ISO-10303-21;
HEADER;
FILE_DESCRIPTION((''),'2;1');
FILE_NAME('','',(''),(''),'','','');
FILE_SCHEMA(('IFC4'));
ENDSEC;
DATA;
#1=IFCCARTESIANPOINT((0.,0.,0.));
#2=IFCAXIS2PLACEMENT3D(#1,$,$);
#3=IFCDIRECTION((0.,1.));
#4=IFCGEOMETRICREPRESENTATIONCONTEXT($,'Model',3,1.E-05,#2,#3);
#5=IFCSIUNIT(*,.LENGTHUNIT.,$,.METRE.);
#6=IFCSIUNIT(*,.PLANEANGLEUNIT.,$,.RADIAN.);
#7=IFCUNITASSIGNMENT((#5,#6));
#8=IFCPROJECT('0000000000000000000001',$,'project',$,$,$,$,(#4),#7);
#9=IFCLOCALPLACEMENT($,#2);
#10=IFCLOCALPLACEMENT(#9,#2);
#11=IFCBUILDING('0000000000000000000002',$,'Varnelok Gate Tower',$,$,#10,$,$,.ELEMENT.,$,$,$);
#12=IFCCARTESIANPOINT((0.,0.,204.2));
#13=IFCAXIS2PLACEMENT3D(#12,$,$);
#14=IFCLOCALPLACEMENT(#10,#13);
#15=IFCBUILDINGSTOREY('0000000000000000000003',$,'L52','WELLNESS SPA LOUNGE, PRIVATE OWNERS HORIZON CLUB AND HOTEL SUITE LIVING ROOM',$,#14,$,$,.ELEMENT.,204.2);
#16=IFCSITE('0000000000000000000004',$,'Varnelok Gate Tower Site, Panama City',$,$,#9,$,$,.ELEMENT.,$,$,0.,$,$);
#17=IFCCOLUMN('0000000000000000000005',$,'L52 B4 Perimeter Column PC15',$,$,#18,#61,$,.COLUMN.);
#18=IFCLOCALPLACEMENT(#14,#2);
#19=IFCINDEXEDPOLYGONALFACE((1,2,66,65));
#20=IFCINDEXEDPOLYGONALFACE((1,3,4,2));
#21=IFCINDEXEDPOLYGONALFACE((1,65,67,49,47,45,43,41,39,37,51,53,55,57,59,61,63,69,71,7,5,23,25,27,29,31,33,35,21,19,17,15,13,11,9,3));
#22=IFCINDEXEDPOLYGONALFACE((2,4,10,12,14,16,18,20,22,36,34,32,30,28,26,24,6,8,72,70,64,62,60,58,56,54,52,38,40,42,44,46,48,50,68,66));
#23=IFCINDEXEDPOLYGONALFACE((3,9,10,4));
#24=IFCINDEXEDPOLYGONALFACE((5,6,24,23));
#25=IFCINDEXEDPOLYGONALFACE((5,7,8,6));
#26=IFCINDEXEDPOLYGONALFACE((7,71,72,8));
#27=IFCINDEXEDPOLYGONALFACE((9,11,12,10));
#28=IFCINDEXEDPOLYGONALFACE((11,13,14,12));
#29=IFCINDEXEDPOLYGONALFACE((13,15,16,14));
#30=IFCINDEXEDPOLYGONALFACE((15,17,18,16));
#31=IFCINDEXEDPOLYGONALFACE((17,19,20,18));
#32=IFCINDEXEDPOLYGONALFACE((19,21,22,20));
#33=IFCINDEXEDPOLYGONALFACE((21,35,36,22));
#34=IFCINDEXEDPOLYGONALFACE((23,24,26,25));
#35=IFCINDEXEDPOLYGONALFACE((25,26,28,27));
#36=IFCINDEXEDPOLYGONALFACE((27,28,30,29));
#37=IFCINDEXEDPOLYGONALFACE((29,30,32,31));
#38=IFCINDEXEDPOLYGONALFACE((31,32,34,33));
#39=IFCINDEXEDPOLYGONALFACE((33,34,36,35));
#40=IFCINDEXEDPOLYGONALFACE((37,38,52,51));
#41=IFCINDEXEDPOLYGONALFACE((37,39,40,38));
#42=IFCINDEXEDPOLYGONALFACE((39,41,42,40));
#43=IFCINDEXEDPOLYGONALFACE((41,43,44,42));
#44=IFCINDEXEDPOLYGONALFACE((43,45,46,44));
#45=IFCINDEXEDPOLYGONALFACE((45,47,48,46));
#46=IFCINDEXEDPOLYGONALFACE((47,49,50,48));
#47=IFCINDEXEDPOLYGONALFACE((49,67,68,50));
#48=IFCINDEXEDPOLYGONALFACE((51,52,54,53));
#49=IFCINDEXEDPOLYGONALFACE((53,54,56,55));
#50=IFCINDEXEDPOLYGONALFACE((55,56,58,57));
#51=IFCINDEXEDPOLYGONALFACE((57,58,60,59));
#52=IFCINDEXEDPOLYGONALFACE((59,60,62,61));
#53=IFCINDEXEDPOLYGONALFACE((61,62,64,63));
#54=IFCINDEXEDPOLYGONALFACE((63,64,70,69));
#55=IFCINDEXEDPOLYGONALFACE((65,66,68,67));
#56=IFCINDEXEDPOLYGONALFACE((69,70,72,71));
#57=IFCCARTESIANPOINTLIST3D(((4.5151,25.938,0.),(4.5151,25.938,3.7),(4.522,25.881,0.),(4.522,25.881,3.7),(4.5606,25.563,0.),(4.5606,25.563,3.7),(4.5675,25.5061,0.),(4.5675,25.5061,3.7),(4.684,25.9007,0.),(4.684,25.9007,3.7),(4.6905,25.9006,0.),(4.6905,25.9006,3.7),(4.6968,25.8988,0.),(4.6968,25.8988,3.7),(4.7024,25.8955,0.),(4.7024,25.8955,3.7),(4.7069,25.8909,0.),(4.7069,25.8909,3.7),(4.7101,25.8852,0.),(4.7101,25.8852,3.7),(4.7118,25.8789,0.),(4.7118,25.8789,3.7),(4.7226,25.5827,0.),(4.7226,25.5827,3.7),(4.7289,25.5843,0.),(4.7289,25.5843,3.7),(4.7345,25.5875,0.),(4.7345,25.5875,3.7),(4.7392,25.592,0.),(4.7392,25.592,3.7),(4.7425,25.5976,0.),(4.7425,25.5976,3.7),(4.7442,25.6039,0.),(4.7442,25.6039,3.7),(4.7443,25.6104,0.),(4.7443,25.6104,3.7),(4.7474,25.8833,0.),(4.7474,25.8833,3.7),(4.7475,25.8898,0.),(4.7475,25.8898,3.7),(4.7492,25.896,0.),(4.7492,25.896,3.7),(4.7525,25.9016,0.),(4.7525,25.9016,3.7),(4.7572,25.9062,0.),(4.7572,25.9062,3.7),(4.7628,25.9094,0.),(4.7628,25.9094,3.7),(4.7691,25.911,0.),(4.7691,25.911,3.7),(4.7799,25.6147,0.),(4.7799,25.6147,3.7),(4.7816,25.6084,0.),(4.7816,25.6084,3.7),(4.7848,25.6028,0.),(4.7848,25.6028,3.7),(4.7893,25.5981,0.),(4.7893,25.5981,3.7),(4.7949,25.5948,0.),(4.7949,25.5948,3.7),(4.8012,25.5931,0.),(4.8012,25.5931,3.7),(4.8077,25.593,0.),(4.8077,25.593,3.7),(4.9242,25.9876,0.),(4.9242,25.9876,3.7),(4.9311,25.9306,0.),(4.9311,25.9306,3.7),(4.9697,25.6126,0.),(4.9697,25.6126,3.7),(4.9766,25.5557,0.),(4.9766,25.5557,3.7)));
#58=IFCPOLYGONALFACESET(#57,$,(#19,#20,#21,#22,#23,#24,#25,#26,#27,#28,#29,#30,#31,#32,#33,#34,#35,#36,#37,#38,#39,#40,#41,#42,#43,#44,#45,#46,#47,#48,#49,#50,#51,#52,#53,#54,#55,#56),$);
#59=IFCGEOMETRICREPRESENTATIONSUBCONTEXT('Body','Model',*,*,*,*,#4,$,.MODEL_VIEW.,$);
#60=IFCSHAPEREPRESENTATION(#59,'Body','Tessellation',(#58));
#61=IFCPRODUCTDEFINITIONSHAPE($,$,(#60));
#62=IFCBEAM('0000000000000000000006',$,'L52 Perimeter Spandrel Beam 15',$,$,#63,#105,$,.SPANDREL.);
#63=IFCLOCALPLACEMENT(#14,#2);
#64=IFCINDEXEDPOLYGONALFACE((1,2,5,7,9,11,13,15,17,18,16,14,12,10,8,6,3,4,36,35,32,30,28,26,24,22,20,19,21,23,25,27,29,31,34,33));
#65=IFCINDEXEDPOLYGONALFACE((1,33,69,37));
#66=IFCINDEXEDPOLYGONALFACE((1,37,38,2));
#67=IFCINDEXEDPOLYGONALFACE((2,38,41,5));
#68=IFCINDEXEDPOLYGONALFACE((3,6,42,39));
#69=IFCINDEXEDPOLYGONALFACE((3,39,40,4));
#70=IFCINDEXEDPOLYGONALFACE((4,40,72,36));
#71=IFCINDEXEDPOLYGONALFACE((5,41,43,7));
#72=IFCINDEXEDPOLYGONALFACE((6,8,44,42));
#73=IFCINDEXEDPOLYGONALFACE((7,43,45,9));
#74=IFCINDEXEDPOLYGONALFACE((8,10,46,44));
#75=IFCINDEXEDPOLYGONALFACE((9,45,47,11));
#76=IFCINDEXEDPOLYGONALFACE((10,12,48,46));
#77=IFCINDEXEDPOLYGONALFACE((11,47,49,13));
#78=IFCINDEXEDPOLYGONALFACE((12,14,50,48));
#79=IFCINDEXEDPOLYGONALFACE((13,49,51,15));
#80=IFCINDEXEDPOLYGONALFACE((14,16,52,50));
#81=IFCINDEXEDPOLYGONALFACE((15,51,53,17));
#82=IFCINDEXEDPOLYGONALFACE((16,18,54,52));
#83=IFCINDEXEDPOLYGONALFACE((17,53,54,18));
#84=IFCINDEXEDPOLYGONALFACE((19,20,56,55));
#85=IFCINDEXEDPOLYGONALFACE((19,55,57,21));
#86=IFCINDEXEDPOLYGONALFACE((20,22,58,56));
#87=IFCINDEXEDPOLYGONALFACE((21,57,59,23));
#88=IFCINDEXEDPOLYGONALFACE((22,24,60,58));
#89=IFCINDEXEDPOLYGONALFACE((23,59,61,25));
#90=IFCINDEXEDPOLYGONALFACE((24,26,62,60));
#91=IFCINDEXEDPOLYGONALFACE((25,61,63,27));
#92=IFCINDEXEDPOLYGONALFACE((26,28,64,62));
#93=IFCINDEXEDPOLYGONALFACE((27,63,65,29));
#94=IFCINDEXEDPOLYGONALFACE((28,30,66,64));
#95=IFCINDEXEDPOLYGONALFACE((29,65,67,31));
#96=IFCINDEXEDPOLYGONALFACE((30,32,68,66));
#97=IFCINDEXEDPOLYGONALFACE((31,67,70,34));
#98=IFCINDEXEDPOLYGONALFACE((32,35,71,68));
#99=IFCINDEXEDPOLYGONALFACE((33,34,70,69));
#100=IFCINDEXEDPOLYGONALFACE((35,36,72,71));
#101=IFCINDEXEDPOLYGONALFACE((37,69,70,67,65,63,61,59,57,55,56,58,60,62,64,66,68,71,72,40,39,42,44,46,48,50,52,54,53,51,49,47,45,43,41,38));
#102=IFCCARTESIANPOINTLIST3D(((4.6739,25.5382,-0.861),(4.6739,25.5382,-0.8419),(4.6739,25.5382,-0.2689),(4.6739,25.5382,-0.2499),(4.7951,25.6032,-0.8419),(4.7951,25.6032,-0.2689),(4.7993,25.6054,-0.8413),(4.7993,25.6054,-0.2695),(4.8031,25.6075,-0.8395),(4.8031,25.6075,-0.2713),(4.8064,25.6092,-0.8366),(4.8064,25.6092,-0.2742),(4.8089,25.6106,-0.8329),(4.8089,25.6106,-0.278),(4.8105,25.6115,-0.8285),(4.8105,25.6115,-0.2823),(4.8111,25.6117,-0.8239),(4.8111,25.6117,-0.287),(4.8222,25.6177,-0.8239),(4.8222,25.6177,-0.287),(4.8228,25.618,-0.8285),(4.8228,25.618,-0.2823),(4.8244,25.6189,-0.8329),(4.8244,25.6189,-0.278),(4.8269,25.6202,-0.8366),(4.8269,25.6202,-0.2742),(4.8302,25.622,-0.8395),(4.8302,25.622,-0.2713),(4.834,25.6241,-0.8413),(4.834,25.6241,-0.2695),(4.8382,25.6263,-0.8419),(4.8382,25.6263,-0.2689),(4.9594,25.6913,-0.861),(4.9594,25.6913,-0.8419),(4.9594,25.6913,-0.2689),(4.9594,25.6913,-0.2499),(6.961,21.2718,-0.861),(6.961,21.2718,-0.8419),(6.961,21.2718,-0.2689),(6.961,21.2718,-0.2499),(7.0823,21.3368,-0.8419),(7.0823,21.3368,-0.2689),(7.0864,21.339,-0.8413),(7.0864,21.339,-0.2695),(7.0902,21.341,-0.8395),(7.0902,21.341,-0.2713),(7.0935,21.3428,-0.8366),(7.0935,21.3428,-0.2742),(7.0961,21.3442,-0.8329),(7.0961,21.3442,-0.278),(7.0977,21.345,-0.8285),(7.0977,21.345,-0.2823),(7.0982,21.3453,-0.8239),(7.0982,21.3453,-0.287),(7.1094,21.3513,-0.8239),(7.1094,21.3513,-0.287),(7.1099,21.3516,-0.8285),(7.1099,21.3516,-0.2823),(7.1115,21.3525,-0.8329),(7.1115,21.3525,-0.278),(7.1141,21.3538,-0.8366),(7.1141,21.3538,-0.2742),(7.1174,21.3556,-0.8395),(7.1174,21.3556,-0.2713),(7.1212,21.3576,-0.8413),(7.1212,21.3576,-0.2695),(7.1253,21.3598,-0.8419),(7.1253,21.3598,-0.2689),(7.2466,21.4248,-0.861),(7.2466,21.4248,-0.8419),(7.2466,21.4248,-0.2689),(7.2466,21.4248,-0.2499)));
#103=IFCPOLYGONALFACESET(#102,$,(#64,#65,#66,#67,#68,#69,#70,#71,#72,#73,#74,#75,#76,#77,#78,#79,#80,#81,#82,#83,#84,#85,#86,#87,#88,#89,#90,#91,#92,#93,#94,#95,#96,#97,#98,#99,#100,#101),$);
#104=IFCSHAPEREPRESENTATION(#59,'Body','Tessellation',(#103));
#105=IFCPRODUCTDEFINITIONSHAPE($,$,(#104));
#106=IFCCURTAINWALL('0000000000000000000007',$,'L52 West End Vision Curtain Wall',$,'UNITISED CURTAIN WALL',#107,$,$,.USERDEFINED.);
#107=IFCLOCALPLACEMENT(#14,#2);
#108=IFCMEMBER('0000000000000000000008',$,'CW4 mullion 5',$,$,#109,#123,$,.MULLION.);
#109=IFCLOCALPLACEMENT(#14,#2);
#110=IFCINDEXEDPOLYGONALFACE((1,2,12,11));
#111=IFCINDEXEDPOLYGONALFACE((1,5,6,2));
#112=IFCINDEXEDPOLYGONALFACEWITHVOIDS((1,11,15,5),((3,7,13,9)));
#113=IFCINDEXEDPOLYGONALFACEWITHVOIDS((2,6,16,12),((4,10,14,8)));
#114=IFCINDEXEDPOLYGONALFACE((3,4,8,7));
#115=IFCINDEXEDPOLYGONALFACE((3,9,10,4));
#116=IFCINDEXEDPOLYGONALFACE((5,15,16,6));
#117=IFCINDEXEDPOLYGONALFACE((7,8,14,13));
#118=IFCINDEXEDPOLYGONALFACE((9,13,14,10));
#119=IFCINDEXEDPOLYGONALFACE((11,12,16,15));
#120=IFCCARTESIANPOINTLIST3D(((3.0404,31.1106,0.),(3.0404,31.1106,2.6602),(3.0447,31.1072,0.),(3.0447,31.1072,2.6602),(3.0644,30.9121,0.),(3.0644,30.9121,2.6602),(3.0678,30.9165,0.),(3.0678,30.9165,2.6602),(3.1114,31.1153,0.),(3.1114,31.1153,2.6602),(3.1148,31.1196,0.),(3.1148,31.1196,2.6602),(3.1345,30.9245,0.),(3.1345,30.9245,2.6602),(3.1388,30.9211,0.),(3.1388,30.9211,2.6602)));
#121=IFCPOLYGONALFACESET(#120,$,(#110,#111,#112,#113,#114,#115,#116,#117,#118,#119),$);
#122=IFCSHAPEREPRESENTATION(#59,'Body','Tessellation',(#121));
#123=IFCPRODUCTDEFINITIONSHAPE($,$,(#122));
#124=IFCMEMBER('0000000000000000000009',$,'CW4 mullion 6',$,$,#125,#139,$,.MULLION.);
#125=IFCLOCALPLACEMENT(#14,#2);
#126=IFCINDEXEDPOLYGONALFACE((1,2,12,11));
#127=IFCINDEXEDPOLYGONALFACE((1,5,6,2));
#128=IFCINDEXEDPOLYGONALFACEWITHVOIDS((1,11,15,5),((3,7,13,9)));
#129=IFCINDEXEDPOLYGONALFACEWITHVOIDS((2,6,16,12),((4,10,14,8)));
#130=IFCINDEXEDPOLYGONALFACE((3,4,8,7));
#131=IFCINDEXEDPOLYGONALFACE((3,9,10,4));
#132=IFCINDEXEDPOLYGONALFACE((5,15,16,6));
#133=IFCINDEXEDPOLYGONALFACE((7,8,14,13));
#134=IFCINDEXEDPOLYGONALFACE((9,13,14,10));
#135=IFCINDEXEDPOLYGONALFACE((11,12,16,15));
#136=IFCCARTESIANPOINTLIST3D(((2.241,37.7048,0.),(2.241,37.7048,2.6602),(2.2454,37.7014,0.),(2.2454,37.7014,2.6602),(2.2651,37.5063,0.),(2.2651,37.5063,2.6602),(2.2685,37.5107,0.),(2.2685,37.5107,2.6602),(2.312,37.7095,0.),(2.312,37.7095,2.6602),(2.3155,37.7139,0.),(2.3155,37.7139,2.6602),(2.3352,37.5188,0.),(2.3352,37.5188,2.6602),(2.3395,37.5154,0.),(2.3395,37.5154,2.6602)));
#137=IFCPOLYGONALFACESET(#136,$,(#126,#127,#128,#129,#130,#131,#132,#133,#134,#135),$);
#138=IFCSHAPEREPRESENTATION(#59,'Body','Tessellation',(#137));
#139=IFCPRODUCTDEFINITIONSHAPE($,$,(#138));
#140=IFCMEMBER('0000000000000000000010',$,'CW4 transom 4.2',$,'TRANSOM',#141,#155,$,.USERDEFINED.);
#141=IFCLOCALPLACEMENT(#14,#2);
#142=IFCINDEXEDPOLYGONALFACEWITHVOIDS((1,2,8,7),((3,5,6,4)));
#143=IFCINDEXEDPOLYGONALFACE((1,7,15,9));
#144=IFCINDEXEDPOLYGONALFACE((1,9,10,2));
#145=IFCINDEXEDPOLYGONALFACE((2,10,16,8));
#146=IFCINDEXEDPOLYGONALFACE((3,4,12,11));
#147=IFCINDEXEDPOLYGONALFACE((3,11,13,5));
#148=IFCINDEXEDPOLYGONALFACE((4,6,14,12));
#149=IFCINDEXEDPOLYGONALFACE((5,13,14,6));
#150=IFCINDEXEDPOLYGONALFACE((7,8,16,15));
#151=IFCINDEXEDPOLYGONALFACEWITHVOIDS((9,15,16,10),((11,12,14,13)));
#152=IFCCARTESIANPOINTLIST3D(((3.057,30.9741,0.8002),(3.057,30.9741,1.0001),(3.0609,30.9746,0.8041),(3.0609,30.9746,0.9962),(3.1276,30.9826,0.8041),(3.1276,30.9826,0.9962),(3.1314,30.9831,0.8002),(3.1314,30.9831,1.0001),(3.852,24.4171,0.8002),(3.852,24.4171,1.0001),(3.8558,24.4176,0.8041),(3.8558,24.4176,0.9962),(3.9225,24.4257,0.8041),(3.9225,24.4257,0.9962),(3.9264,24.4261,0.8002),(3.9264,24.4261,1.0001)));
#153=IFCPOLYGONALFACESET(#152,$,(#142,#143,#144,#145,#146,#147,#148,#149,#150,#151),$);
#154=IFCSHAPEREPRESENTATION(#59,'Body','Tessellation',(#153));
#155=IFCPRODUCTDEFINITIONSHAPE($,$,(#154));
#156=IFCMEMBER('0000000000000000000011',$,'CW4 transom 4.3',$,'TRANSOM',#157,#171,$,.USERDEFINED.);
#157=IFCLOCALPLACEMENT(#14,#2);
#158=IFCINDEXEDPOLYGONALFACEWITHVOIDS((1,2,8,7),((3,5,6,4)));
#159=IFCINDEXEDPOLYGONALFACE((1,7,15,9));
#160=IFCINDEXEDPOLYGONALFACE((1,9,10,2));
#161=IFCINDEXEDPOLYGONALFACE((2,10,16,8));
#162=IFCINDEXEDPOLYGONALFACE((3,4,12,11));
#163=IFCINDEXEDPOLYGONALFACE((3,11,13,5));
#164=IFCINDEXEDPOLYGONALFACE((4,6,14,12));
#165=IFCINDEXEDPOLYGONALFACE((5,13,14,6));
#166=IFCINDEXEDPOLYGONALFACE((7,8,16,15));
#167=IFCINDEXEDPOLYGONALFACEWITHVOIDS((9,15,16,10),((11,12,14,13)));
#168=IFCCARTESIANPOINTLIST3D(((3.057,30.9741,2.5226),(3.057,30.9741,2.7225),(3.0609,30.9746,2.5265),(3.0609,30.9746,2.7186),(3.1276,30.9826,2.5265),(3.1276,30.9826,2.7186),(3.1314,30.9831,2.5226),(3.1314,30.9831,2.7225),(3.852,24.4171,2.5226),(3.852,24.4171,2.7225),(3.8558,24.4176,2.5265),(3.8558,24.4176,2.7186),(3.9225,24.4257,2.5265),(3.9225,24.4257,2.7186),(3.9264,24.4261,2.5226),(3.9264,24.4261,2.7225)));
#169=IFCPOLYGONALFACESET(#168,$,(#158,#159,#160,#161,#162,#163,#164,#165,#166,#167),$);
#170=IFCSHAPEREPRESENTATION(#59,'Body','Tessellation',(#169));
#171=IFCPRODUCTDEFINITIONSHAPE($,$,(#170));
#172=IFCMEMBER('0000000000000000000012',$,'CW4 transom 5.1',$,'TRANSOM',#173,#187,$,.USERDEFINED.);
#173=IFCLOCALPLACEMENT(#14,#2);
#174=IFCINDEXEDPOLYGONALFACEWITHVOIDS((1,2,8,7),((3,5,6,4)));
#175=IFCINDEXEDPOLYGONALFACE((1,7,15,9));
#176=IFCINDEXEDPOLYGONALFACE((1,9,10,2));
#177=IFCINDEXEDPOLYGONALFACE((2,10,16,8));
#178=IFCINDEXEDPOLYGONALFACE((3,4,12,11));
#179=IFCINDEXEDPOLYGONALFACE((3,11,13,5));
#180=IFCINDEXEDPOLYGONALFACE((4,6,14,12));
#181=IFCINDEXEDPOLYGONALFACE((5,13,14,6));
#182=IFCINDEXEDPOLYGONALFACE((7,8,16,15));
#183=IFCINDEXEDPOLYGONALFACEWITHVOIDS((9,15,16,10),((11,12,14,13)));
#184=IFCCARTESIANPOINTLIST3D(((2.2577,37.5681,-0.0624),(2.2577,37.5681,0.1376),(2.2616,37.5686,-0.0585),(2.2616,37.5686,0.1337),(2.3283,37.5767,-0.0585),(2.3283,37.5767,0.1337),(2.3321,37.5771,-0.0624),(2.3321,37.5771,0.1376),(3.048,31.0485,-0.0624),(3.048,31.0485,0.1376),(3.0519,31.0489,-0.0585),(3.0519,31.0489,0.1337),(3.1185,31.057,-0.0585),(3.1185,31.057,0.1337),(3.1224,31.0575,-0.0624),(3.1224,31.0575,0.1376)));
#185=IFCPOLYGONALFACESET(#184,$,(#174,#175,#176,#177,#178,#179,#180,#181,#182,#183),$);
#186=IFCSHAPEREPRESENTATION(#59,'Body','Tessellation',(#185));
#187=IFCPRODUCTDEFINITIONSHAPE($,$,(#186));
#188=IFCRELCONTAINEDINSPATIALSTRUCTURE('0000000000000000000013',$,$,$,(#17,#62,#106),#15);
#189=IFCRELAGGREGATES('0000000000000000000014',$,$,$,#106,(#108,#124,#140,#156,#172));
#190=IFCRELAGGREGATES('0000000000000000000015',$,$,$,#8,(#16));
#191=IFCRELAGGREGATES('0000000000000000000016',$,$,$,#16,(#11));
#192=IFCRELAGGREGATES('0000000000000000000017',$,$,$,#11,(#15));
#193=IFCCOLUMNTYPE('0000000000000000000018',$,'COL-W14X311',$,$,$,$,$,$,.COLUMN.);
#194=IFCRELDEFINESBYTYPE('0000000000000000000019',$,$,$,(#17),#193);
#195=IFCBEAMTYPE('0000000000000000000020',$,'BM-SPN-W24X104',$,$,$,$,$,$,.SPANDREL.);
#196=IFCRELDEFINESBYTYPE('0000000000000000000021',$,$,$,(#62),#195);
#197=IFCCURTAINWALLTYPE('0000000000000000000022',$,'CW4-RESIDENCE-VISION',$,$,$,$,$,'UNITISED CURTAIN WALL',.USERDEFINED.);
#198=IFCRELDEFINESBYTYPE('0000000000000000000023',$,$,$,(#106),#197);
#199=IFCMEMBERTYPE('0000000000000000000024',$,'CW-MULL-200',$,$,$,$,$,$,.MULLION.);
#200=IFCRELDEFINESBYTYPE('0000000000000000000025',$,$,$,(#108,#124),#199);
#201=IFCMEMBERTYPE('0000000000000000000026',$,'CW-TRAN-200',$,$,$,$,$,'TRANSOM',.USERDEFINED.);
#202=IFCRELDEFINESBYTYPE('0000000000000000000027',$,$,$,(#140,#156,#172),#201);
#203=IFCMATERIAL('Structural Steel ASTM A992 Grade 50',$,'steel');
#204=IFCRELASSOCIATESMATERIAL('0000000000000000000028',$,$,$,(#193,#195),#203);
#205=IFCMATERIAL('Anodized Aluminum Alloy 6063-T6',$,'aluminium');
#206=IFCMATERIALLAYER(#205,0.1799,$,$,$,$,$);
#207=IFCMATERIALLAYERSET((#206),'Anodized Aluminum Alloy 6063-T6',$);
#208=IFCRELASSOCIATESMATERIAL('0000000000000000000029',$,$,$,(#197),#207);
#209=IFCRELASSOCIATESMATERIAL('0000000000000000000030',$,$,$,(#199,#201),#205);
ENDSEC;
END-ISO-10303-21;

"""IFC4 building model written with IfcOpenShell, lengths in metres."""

from ifc_helpers import new_model, si_unit, direction, frame, origin, origin_2d, place, context, subcontext, project, spatial, hollow_rectangle, i_section, extrude, material, layer, layer_set, material_profile, profile_set, type_object, element, aggregate, save


model = new_model("IFC4")

# Units and contexts
model_context = context("Model", 3, precision=1e-05, world=origin(), true_north=direction((0.0, 1.0)))
body_context = subcontext(model_context, "Body", "Model", "MODEL_VIEW")
ifc_project = project(units=[si_unit("LENGTHUNIT", "METRE"), si_unit("PLANEANGLEUNIT", "RADIAN")], contexts=[model_context])

# Site, building, storey
site_placement = place(None, origin())
site = spatial("IfcSite", under=ifc_project, at=site_placement, Name="Varnelok Gate Tower Site, Panama City", CompositionType="ELEMENT", RefElevation=0.0)
building_placement = place(site_placement, origin())
building = spatial("IfcBuilding", under=site, at=building_placement, Name="Varnelok Gate Tower", CompositionType="ELEMENT")
storey_placement = place(building_placement, frame((0.0, 0.0, 204.2)))
storey = spatial("IfcBuildingStorey", under=building, at=storey_placement, Name="L52", Description="WELLNESS SPA LOUNGE, PRIVATE OWNERS HORIZON CLUB AND HOTEL SUITE LIVING ROOM", CompositionType="ELEMENT", Elevation=204.2)

# Column
ifc_material_1 = material(Name="Structural Steel ASTM A992 Grade 50", Category="steel")
ifc_material_profile_1 = material_profile(ifc_material_1, i_section(OverallWidth=0.4121, OverallDepth=0.4351, WebThickness=0.0359, FlangeThickness=0.0574, FilletRadius=0.0249, at=origin_2d()), Name="W14X311")
ifc_profile_set_1 = profile_set([ifc_material_profile_1], Name="Structural Steel ASTM A992 Grade 50")
column_type = type_object("IfcColumnType", Name="COL-W14X311", PredefinedType="COLUMN", material=ifc_profile_set_1)
column_placement = place(storey_placement, frame((4.7458, 25.7468, 0.0), z_axis=(0.0, 0.0, 1.0), x_axis=(0.992732, 0.120345, 0.0)))
element("IfcColumn", 1, at=column_placement, inside=storey, type_object=column_type, Name="L52 B4 Perimeter Column PC15", PredefinedType="COLUMN", context=body_context, shape_type="SweptSolid", body=[
    extrude(i_section(OverallWidth=0.4121, OverallDepth=0.4351, WebThickness=0.0359, FlangeThickness=0.0574, FilletRadius=0.0249, at=origin_2d()), origin(), (0.0, 0.0, 1.0), 3.7),
])

# Beam
ifc_material_profile_2 = material_profile(ifc_material_1, i_section(OverallWidth=0.324, OverallDepth=0.6111, WebThickness=0.0127, FlangeThickness=0.019, FilletRadius=0.0181, at=origin_2d()), Name="W24X104")
ifc_profile_set_2 = profile_set([ifc_material_profile_2], Name="Structural Steel ASTM A992 Grade 50")
beam_type = type_object("IfcBeamType", Name="BM-SPN-W24X104", PredefinedType="SPANDREL", material=ifc_profile_set_2)
beam_placement = place(storey_placement, frame((4.8167, 25.6147, -0.5554), z_axis=(0.472472, -0.881346, 0.0), x_axis=(0.881346, 0.472472, 0.0)))
element("IfcBeam", 2, at=beam_placement, inside=storey, type_object=beam_type, Name="L52 Perimeter Spandrel Beam 15", PredefinedType="SPANDREL", context=body_context, shape_type="SweptSolid", body=[
    extrude(i_section(OverallWidth=0.324, OverallDepth=0.6111, WebThickness=0.0127, FlangeThickness=0.019, FilletRadius=0.0181, at=origin_2d()), origin(), (0.0, 0.0, 1.0), 4.8408),
])

# Curtain wall, members
ifc_material_2 = material(Name="Anodized Aluminum Alloy 6063-T6", Category="aluminium")
ifc_layer_1 = layer(ifc_material_2, 0.1799)
ifc_layer_set_1 = layer_set([ifc_layer_1], Name="Anodized Aluminum Alloy 6063-T6")
curtain_wall_type = type_object("IfcCurtainWallType", Name="CW4-RESIDENCE-VISION", ElementType="UNITISED CURTAIN WALL", PredefinedType="USERDEFINED", material=ifc_layer_set_1)
curtain_wall_placement = place(storey_placement, origin())
curtain_wall = element("IfcCurtainWall", 3, at=curtain_wall_placement, inside=storey, type_object=curtain_wall_type, Name="L52 West End Vision Curtain Wall", ObjectType="UNITISED CURTAIN WALL", PredefinedType="USERDEFINED")
ifc_material_profile_3 = material_profile(ifc_material_2, hollow_rectangle(XDim=0.075, YDim=0.2, WallThickness=0.0039, at=origin_2d()), Name="ALU200X75X4")
ifc_profile_set_3 = profile_set([ifc_material_profile_3], Name="Anodized Aluminum Alloy 6063-T6")
member_type_1 = type_object("IfcMemberType", Name="CW-MULL-200", PredefinedType="MULLION", material=ifc_profile_set_3)
member_1_placement = place(storey_placement, frame((3.0896, 31.0159, 0.0), z_axis=(0.0, 0.0, 1.0), x_axis=(-0.992732, -0.120345, 0.0)))
member_1 = element("IfcMember", 4, at=member_1_placement, type_object=member_type_1, Name="CW4 mullion 5", PredefinedType="MULLION", context=body_context, shape_type="SweptSolid", body=[
    extrude(hollow_rectangle(XDim=0.075, YDim=0.2, WallThickness=0.0039, at=origin_2d()), origin(), (0.0, 0.0, 1.0), 2.6602),
])
member_2_placement = place(storey_placement, frame((2.2903, 37.6101, 0.0), z_axis=(0.0, 0.0, 1.0), x_axis=(-0.992732, -0.120345, 0.0)))
member_2 = element("IfcMember", 5, at=member_2_placement, type_object=member_type_1, Name="CW4 mullion 6", PredefinedType="MULLION", context=body_context, shape_type="SweptSolid", body=[
    extrude(hollow_rectangle(XDim=0.075, YDim=0.2, WallThickness=0.0039, at=origin_2d()), origin(), (0.0, 0.0, 1.0), 2.6602),
])
ifc_material_profile_4 = material_profile(ifc_material_2, hollow_rectangle(XDim=0.075, YDim=0.2, WallThickness=0.0039, at=origin_2d()), Name="ALU200X75X4")
ifc_profile_set_4 = profile_set([ifc_material_profile_4], Name="Anodized Aluminum Alloy 6063-T6")
member_type_2 = type_object("IfcMemberType", Name="CW-TRAN-200", ElementType="TRANSOM", PredefinedType="USERDEFINED", material=ifc_profile_set_4)
member_3_placement = place(storey_placement, frame((3.8892, 24.4216, 0.9001), z_axis=(-0.120353, 0.992731, 0.0), x_axis=(-0.992731, -0.120353, 0.0)))
member_3 = element("IfcMember", 6, at=member_3_placement, type_object=member_type_2, Name="CW4 transom 4.2", ObjectType="TRANSOM", PredefinedType="USERDEFINED", context=body_context, shape_type="SweptSolid", body=[
    extrude(hollow_rectangle(XDim=0.075, YDim=0.2, WallThickness=0.0039, at=origin_2d()), origin(), (0.0, 0.0, 1.0), 6.605),
])
member_4_placement = place(storey_placement, frame((3.8892, 24.4216, 2.6226), z_axis=(-0.120353, 0.992731, 0.0), x_axis=(-0.992731, -0.120353, 0.0)))
member_4 = element("IfcMember", 7, at=member_4_placement, type_object=member_type_2, Name="CW4 transom 4.3", ObjectType="TRANSOM", PredefinedType="USERDEFINED", context=body_context, shape_type="SweptSolid", body=[
    extrude(hollow_rectangle(XDim=0.075, YDim=0.2, WallThickness=0.0039, at=origin_2d()), origin(), (0.0, 0.0, 1.0), 6.605),
])
member_5_placement = place(storey_placement, frame((3.0852, 31.053, 0.0376), z_axis=(-0.120332, 0.992734, 0.0), x_axis=(-0.992734, -0.120332, 0.0)))
member_5 = element("IfcMember", 8, at=member_5_placement, type_object=member_type_2, Name="CW4 transom 5.1", ObjectType="TRANSOM", PredefinedType="USERDEFINED", context=body_context, shape_type="SweptSolid", body=[
    extrude(hollow_rectangle(XDim=0.075, YDim=0.2, WallThickness=0.0039, at=origin_2d()), origin(), (0.0, 0.0, 1.0), 6.5674),
])
aggregate(curtain_wall, [member_1, member_2, member_3, member_4, member_5])

save(model, "model.ifc")
